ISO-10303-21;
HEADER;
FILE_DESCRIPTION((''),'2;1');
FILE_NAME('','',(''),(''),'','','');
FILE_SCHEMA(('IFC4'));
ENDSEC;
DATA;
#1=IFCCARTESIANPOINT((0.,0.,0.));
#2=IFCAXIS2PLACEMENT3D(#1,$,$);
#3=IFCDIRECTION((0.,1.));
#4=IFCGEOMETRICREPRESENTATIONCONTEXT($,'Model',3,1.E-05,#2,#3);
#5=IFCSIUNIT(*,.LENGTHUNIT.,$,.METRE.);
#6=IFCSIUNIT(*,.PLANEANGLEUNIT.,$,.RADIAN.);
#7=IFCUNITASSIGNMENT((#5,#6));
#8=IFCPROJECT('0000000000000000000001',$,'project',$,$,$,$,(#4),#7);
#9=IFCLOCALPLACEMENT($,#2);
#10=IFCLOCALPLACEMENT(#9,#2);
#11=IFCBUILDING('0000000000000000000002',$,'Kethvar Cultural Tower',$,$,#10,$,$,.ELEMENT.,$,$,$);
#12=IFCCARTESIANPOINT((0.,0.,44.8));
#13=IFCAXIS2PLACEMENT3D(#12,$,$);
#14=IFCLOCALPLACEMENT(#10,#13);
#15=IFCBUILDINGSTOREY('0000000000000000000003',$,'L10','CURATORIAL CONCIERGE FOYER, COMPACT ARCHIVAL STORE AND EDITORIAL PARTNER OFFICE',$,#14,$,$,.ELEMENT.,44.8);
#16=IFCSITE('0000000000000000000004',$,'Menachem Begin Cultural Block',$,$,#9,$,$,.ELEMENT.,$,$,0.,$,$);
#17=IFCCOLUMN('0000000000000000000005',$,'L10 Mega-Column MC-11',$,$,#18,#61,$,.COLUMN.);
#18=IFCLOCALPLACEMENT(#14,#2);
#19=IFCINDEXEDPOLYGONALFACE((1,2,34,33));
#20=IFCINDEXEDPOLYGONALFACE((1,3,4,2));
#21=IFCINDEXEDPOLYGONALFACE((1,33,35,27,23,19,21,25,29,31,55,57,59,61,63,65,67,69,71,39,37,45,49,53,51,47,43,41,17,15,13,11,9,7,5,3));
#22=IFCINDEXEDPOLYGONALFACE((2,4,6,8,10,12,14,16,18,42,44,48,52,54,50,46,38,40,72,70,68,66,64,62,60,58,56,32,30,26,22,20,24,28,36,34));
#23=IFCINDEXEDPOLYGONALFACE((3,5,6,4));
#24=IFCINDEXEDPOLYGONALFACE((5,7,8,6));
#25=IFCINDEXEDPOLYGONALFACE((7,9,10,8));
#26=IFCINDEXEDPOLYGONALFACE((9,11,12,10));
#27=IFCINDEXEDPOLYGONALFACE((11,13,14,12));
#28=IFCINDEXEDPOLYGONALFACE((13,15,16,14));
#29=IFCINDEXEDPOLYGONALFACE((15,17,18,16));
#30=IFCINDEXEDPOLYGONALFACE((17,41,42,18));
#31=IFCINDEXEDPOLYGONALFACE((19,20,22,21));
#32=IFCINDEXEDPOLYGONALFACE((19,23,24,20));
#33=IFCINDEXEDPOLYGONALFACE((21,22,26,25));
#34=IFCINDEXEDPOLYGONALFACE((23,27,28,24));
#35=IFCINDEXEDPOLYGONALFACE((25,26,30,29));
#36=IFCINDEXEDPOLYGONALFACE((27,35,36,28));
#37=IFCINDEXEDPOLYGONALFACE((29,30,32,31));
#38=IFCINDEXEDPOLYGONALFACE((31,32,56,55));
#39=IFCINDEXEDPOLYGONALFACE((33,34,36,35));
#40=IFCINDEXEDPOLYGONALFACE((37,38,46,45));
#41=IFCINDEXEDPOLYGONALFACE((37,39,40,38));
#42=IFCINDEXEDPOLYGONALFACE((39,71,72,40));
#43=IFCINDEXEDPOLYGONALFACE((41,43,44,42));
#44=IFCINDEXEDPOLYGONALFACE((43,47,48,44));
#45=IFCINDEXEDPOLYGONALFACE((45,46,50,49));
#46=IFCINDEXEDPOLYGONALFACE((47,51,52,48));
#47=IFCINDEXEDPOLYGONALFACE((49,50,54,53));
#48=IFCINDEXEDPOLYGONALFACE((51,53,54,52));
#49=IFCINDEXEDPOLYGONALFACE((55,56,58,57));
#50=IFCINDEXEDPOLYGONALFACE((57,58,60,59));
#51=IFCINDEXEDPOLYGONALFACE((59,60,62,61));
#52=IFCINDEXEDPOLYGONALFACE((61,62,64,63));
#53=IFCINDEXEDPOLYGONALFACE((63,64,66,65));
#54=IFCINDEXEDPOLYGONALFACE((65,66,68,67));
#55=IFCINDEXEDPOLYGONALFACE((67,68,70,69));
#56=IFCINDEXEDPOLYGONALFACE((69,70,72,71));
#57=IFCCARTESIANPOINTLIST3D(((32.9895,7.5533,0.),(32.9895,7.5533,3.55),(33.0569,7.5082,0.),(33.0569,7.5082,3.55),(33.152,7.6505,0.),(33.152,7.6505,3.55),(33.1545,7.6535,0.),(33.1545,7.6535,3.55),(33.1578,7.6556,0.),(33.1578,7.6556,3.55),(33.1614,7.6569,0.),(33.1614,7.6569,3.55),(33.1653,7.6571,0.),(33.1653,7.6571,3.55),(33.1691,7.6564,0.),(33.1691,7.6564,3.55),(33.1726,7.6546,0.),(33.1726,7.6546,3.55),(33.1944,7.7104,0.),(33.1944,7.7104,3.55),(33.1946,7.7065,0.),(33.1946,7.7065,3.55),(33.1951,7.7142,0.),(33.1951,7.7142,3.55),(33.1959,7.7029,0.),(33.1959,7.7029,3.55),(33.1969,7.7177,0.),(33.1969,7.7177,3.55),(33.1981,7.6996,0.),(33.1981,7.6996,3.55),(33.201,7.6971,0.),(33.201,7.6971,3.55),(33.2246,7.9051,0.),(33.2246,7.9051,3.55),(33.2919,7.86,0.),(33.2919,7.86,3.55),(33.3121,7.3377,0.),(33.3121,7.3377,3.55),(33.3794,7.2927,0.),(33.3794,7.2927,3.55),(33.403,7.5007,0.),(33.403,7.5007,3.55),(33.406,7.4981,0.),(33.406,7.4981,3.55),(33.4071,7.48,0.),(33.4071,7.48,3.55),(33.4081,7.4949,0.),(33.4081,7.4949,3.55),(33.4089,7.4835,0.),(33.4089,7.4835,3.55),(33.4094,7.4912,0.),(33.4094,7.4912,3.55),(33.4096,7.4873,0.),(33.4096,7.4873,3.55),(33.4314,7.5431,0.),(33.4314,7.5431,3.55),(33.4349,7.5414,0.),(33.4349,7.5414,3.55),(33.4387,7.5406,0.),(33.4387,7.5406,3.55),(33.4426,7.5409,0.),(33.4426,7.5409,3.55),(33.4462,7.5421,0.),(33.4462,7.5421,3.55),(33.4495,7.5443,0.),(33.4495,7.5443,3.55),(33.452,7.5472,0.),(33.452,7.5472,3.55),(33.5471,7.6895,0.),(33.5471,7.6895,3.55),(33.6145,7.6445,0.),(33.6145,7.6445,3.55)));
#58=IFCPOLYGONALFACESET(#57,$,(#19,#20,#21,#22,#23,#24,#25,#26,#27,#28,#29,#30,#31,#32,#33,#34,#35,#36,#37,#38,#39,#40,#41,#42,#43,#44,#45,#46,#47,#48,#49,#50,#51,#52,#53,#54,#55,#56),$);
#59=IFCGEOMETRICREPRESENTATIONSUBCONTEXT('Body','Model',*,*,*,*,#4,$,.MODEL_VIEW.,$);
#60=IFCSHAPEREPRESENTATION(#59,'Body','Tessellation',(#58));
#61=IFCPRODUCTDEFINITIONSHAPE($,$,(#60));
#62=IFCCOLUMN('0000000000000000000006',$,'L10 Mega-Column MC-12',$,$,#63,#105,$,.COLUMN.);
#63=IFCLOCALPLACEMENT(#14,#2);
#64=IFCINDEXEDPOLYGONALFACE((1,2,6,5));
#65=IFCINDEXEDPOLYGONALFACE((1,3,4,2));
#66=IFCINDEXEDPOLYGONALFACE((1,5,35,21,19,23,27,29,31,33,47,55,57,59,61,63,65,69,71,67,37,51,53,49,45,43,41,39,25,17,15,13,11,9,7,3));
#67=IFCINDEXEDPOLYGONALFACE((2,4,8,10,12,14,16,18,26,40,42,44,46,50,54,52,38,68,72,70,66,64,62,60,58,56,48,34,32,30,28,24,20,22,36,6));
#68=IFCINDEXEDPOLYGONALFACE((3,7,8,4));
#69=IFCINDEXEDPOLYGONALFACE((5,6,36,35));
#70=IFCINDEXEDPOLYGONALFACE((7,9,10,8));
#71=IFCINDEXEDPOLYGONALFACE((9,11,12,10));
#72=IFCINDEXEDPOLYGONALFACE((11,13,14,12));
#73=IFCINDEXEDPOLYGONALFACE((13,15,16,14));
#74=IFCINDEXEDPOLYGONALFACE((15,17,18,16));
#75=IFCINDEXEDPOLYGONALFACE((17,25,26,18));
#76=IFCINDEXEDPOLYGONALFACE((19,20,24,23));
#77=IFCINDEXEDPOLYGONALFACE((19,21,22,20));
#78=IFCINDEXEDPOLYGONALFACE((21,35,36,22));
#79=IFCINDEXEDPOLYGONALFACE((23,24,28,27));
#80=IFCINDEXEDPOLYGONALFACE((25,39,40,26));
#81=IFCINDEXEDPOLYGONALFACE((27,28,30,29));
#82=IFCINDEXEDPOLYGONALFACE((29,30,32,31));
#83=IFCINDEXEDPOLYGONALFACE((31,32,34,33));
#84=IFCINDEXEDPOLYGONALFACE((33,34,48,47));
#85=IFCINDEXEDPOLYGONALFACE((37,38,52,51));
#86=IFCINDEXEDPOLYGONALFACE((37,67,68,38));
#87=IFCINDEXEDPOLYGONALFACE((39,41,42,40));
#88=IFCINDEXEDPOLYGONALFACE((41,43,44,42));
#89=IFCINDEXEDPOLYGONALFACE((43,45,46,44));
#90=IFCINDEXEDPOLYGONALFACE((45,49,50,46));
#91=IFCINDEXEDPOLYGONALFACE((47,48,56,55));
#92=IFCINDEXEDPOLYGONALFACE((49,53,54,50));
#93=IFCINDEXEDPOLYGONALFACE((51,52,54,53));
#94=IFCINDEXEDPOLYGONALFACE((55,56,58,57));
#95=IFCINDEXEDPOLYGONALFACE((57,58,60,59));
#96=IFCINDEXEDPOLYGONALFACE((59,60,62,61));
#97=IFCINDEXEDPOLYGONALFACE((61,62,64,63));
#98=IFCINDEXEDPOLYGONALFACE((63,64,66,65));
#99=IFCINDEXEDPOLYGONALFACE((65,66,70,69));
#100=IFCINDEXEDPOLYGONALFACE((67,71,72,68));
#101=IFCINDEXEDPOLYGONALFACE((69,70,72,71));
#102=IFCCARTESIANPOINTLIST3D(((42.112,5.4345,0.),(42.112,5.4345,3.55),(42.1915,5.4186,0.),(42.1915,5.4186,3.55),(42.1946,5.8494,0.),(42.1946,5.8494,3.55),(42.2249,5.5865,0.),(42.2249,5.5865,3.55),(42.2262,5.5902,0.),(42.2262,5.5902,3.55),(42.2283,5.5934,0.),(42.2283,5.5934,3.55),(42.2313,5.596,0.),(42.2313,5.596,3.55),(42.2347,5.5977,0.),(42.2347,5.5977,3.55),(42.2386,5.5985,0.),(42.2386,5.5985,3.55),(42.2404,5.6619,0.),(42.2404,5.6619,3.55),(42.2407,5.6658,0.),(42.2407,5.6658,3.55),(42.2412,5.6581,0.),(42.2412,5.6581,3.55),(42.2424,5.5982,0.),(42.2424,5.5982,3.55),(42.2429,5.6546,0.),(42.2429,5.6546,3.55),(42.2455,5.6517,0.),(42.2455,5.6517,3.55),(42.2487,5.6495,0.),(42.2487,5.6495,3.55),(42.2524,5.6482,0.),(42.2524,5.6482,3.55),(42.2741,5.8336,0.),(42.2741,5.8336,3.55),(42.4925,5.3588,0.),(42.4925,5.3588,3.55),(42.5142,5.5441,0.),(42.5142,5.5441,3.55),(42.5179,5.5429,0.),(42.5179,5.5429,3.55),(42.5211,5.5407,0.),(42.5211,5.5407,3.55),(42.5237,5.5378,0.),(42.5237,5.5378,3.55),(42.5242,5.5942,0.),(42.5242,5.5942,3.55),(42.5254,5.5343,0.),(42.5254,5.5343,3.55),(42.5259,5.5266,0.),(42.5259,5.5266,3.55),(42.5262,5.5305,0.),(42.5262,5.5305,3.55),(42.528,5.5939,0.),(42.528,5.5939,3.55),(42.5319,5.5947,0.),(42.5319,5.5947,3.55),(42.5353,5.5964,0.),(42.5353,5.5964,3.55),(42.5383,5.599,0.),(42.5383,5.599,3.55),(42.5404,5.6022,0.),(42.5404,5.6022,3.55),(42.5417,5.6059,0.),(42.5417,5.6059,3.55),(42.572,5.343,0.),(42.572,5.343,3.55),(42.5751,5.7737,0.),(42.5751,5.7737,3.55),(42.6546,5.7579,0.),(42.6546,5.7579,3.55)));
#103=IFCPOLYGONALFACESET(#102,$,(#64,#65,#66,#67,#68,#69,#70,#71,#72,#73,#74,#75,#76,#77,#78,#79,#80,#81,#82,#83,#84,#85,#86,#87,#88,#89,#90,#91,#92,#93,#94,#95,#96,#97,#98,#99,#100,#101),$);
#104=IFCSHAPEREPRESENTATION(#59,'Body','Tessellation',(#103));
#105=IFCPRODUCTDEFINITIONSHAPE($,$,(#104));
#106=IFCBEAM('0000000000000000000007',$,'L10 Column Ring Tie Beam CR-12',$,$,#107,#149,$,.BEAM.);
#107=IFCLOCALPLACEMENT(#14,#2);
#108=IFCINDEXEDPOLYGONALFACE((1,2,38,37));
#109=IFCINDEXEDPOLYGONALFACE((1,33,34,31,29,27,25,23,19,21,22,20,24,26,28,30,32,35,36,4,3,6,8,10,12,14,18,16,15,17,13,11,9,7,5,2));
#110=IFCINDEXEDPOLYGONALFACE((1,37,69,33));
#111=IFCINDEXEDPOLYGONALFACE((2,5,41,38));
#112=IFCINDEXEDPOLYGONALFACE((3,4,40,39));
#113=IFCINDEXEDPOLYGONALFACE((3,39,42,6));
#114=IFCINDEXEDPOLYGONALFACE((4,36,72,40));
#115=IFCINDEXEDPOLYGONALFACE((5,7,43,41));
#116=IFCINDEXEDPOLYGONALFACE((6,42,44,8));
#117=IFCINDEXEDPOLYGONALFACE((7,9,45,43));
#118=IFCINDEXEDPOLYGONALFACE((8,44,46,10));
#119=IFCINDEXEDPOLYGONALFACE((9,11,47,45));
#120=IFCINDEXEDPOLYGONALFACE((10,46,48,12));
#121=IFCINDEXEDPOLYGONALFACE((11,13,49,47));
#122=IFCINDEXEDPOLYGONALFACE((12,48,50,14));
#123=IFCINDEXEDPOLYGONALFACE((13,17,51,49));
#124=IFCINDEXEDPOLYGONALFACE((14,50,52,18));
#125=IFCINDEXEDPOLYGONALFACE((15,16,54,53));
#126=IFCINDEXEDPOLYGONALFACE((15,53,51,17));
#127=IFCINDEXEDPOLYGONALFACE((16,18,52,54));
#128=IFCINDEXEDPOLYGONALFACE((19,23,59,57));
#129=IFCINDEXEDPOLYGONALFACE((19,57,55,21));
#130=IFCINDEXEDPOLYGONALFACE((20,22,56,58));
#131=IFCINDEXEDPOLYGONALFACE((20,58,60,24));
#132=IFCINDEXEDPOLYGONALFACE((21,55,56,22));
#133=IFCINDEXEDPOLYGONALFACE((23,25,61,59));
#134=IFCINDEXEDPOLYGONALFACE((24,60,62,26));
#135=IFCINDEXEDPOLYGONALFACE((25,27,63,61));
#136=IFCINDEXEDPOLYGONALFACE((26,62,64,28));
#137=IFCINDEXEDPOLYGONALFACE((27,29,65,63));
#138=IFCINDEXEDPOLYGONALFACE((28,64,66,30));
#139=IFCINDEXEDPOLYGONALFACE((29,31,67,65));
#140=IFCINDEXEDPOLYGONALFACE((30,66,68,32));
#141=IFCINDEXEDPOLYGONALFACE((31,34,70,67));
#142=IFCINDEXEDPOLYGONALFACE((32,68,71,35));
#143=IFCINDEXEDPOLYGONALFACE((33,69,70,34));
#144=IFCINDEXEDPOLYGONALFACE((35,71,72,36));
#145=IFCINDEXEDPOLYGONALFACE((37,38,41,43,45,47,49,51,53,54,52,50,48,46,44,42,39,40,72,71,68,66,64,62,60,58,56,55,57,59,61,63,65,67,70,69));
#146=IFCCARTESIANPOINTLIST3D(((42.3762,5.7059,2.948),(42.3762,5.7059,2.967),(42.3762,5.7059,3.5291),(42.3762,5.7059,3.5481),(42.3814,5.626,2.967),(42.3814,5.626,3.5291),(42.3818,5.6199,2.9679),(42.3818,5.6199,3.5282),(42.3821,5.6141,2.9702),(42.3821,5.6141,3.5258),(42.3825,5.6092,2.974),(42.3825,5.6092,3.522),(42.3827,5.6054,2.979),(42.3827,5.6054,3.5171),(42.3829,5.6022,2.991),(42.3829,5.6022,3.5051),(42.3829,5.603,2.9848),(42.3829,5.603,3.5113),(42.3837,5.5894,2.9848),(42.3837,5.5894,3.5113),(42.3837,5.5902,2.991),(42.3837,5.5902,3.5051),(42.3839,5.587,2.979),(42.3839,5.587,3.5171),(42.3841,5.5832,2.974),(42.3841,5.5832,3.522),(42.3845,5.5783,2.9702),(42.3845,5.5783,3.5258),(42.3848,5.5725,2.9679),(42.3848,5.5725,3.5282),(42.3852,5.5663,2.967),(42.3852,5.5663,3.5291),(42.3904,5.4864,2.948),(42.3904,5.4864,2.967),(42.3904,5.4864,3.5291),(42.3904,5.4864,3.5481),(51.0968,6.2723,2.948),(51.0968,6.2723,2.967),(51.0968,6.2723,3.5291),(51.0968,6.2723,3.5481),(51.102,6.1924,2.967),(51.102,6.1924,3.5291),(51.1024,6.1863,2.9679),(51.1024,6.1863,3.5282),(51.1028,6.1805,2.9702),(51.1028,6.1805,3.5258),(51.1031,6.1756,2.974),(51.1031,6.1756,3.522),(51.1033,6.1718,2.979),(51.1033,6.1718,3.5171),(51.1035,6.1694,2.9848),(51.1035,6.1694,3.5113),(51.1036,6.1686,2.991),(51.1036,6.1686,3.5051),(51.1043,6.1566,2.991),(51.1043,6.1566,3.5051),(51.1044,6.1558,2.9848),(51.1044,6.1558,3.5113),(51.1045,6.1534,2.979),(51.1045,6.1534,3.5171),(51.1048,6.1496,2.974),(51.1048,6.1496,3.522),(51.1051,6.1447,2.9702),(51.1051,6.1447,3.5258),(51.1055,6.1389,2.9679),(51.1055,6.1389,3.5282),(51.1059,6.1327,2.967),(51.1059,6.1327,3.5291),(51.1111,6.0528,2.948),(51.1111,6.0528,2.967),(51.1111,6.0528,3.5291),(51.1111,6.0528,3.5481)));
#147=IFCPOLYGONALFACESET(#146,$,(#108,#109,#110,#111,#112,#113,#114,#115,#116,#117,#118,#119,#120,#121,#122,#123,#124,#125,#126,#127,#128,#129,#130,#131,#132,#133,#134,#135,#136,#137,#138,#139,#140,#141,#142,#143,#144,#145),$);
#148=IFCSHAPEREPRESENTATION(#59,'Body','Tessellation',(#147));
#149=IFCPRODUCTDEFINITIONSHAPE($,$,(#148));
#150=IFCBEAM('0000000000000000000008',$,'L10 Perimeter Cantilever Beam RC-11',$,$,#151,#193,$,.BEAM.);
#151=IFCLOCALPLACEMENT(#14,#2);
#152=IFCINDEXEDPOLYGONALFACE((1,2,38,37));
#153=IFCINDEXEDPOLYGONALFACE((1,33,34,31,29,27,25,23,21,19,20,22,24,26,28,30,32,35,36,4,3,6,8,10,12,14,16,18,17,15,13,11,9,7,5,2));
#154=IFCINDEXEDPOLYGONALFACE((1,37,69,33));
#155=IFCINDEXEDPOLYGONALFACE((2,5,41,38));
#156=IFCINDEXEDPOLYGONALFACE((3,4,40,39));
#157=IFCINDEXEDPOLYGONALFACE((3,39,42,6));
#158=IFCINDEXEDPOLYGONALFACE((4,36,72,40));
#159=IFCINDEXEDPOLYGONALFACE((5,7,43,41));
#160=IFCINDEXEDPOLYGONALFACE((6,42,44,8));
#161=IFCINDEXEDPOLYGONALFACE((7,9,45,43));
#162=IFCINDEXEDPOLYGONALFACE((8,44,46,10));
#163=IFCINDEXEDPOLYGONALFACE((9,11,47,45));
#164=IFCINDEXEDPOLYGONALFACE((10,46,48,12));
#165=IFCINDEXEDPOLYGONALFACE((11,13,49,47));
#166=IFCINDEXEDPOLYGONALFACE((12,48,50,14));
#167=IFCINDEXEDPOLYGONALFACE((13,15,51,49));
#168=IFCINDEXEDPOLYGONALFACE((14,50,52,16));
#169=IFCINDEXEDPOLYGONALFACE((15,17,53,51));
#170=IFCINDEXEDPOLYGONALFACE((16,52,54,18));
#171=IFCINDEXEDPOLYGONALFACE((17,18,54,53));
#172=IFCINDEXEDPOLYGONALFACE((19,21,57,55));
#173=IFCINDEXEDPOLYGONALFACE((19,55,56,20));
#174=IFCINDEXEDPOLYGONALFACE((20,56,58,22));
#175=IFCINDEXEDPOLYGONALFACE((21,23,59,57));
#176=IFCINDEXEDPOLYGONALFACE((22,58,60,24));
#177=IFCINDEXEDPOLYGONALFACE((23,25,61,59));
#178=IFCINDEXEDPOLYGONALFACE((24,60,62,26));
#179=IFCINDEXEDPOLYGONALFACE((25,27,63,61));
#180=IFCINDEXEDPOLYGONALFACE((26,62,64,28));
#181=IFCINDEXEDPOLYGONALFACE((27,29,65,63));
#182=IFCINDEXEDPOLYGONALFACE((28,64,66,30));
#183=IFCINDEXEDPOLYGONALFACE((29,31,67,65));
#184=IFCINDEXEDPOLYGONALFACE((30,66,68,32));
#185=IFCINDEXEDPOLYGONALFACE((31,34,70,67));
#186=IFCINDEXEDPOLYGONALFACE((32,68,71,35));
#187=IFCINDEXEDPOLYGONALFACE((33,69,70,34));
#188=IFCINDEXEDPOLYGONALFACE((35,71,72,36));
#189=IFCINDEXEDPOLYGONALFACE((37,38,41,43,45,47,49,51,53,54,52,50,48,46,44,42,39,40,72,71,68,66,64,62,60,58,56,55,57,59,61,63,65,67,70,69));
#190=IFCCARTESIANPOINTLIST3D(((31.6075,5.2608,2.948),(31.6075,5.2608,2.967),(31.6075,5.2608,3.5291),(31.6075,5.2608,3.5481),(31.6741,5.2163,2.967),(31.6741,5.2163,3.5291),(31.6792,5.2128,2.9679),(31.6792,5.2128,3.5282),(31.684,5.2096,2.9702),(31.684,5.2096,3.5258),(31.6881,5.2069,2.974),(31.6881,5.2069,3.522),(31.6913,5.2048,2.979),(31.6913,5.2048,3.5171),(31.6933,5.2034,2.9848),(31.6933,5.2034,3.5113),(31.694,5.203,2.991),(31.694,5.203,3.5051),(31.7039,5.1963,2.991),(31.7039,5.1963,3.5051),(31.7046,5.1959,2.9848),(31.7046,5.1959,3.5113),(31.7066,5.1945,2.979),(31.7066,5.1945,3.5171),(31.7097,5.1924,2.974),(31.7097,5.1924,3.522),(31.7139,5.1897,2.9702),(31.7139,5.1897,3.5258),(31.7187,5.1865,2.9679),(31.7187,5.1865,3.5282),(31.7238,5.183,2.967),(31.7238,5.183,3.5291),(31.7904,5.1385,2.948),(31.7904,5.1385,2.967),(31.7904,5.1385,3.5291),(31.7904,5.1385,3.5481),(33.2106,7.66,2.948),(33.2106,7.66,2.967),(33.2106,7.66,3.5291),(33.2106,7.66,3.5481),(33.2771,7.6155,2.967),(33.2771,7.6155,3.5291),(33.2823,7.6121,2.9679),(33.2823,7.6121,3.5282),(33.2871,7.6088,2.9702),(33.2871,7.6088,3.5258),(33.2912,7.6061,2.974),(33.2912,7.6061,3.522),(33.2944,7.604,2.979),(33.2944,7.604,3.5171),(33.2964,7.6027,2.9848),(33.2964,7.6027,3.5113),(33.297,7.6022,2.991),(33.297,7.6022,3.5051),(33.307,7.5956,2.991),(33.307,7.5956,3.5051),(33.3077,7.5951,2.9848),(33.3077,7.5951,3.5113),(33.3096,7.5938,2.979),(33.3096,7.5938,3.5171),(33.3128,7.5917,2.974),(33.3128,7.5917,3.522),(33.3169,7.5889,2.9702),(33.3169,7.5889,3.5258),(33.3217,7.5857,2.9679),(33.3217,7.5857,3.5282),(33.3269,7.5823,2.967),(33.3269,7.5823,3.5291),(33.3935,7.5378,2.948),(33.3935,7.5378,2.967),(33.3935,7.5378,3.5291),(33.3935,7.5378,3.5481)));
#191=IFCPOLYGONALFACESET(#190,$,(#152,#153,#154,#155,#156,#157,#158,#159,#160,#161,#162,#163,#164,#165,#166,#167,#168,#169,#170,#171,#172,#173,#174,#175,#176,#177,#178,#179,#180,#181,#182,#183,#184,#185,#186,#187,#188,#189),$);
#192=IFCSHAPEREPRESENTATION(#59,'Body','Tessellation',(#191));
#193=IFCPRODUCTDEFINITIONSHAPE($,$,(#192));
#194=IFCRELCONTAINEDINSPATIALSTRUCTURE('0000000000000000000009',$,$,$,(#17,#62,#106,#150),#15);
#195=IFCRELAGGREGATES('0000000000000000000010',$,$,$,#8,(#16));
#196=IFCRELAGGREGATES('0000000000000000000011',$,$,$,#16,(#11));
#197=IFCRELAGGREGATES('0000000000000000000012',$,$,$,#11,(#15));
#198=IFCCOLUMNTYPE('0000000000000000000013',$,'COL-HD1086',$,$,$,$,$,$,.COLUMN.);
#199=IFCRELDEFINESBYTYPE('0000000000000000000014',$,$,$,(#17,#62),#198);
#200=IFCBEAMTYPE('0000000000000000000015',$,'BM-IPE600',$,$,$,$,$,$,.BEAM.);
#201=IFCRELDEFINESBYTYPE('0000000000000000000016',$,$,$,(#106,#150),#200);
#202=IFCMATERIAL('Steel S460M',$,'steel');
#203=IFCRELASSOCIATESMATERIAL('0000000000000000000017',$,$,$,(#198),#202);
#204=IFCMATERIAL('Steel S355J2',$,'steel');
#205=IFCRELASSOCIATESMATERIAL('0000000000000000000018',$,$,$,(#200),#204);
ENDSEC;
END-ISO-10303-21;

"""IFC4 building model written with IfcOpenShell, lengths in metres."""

from ifc_helpers import new_model, si_unit, direction, frame, origin, origin_2d, place, context, subcontext, project, spatial, i_section, extrude, source, transform, mapped, material, material_profile, profile_set, type_object, element, save


model = new_model("IFC4")

# Units and contexts
model_context = context("Model", 3, precision=1e-05, world=origin(), true_north=direction((0.0, 1.0)))
body_context = subcontext(model_context, "Body", "Model", "MODEL_VIEW")
ifc_project = project(units=[si_unit("LENGTHUNIT", "METRE"), si_unit("PLANEANGLEUNIT", "RADIAN")], contexts=[model_context])

# Site, building, storey
site_placement = place(None, origin())
site = spatial("IfcSite", under=ifc_project, at=site_placement, Name="Menachem Begin Cultural Block", CompositionType="ELEMENT", RefElevation=0.0)
building_placement = place(site_placement, origin())
building = spatial("IfcBuilding", under=site, at=building_placement, Name="Kethvar Cultural Tower", CompositionType="ELEMENT")
storey_placement = place(building_placement, frame((0.0, 0.0, 44.8)))
storey = spatial("IfcBuildingStorey", under=building, at=storey_placement, Name="L10", Description="CURATORIAL CONCIERGE FOYER, COMPACT ARCHIVAL STORE AND EDITORIAL PARTNER OFFICE", CompositionType="ELEMENT", Elevation=44.8)

# Columns
ifc_material_1 = material(Name="Steel S460M", Category="steel")
ifc_material_profile_1 = material_profile(ifc_material_1, i_section(OverallWidth=0.4231, OverallDepth=0.469, WebThickness=0.051, FlangeThickness=0.0811, FilletRadius=0.0149, at=origin_2d()), Name="Steel S460M — HD400x1086")
ifc_profile_set_1 = profile_set([ifc_material_profile_1], Name="Steel S460M — HD400x1086")
column_type = type_object("IfcColumnType", Name="COL-HD1086", PredefinedType="COLUMN", material=ifc_profile_set_1)
shared_shape_1 = source(origin(), body_context, "Body", "SweptSolid", [
    extrude(i_section(OverallWidth=0.4231, OverallDepth=0.469, WebThickness=0.051, FlangeThickness=0.0811, FilletRadius=0.0149, at=origin_2d()), origin(), (0.0, 0.0, 1.0), 3.55),
])
for number, where, z_axis, x_axis, name in (
    (1, (33.302, 7.5989, 0.0), (0.0, 0.0, 1.0), (-0.55557, -0.83147, 0.0), "L10 Mega-Column MC-11"),
    (2, (42.3833, 5.5962, 0.0), (0.0, 0.0, 1.0), (-0.19509, -0.980785, 0.0), "L10 Mega-Column MC-12"),
):
    element("IfcColumn", number, at=place(storey_placement, frame(where, z_axis=z_axis, x_axis=x_axis)), inside=storey, type_object=column_type, Name=name, PredefinedType="COLUMN", context=body_context, shape_type="MappedRepresentation", body=[
        mapped(shared_shape_1, transform((0.0, 0.0, 0.0), scale=1.0)),
    ])

# Beams
ifc_material_2 = material(Name="Steel S355J2", Category="steel")
ifc_material_profile_2 = material_profile(ifc_material_2, i_section(OverallWidth=0.22, OverallDepth=0.6001, WebThickness=0.012, FlangeThickness=0.019, FilletRadius=0.0239, at=origin_2d()), Name="Steel S355J2 — IPE600")
ifc_profile_set_2 = profile_set([ifc_material_profile_2], Name="Steel S355J2 — IPE600")
beam_type_1 = type_object("IfcBeamType", Name="BM-IPE600", PredefinedType="BEAM", material=ifc_profile_set_2)
shared_shape_2 = source(origin(), body_context, "Body", "SweptSolid", [
    extrude(i_section(OverallWidth=0.22, OverallDepth=0.6001, WebThickness=0.012, FlangeThickness=0.019, FilletRadius=0.0239, at=origin_2d()), origin(), (0.0, 0.0, 1.0), 8.739),
])
beam_1_placement = place(storey_placement, frame((42.3833, 5.5962, 3.248), z_axis=(0.997897, 0.064813, 0.0), x_axis=(-0.064813, 0.997897, 0.0)))
element("IfcBeam", 3, at=beam_1_placement, inside=storey, type_object=beam_type_1, Name="L10 Column Ring Tie Beam CR-12", PredefinedType="BEAM", context=body_context, shape_type="MappedRepresentation", body=[
    mapped(shared_shape_2, transform((0.0, 0.0, 0.0), scale=1.0)),
])
shared_shape_3 = source(origin(), body_context, "Body", "SweptSolid", [
    extrude(i_section(OverallWidth=0.22, OverallDepth=0.6001, WebThickness=0.012, FlangeThickness=0.019, FilletRadius=0.0239, at=origin_2d()), origin(), (0.0, 0.0, 1.0), 2.8855),
])
beam_2_placement = place(storey_placement, frame((33.302, 7.5989, 3.248), z_axis=(-0.555559, -0.831477, 0.0), x_axis=(0.831477, -0.555559, 0.0)))
element("IfcBeam", 4, at=beam_2_placement, inside=storey, type_object=beam_type_1, Name="L10 Perimeter Cantilever Beam RC-11", PredefinedType="BEAM", context=body_context, shape_type="MappedRepresentation", body=[
    mapped(shared_shape_3, transform((0.0, 0.0, 0.0), scale=1.0)),
])

save(model, "model.ifc")
